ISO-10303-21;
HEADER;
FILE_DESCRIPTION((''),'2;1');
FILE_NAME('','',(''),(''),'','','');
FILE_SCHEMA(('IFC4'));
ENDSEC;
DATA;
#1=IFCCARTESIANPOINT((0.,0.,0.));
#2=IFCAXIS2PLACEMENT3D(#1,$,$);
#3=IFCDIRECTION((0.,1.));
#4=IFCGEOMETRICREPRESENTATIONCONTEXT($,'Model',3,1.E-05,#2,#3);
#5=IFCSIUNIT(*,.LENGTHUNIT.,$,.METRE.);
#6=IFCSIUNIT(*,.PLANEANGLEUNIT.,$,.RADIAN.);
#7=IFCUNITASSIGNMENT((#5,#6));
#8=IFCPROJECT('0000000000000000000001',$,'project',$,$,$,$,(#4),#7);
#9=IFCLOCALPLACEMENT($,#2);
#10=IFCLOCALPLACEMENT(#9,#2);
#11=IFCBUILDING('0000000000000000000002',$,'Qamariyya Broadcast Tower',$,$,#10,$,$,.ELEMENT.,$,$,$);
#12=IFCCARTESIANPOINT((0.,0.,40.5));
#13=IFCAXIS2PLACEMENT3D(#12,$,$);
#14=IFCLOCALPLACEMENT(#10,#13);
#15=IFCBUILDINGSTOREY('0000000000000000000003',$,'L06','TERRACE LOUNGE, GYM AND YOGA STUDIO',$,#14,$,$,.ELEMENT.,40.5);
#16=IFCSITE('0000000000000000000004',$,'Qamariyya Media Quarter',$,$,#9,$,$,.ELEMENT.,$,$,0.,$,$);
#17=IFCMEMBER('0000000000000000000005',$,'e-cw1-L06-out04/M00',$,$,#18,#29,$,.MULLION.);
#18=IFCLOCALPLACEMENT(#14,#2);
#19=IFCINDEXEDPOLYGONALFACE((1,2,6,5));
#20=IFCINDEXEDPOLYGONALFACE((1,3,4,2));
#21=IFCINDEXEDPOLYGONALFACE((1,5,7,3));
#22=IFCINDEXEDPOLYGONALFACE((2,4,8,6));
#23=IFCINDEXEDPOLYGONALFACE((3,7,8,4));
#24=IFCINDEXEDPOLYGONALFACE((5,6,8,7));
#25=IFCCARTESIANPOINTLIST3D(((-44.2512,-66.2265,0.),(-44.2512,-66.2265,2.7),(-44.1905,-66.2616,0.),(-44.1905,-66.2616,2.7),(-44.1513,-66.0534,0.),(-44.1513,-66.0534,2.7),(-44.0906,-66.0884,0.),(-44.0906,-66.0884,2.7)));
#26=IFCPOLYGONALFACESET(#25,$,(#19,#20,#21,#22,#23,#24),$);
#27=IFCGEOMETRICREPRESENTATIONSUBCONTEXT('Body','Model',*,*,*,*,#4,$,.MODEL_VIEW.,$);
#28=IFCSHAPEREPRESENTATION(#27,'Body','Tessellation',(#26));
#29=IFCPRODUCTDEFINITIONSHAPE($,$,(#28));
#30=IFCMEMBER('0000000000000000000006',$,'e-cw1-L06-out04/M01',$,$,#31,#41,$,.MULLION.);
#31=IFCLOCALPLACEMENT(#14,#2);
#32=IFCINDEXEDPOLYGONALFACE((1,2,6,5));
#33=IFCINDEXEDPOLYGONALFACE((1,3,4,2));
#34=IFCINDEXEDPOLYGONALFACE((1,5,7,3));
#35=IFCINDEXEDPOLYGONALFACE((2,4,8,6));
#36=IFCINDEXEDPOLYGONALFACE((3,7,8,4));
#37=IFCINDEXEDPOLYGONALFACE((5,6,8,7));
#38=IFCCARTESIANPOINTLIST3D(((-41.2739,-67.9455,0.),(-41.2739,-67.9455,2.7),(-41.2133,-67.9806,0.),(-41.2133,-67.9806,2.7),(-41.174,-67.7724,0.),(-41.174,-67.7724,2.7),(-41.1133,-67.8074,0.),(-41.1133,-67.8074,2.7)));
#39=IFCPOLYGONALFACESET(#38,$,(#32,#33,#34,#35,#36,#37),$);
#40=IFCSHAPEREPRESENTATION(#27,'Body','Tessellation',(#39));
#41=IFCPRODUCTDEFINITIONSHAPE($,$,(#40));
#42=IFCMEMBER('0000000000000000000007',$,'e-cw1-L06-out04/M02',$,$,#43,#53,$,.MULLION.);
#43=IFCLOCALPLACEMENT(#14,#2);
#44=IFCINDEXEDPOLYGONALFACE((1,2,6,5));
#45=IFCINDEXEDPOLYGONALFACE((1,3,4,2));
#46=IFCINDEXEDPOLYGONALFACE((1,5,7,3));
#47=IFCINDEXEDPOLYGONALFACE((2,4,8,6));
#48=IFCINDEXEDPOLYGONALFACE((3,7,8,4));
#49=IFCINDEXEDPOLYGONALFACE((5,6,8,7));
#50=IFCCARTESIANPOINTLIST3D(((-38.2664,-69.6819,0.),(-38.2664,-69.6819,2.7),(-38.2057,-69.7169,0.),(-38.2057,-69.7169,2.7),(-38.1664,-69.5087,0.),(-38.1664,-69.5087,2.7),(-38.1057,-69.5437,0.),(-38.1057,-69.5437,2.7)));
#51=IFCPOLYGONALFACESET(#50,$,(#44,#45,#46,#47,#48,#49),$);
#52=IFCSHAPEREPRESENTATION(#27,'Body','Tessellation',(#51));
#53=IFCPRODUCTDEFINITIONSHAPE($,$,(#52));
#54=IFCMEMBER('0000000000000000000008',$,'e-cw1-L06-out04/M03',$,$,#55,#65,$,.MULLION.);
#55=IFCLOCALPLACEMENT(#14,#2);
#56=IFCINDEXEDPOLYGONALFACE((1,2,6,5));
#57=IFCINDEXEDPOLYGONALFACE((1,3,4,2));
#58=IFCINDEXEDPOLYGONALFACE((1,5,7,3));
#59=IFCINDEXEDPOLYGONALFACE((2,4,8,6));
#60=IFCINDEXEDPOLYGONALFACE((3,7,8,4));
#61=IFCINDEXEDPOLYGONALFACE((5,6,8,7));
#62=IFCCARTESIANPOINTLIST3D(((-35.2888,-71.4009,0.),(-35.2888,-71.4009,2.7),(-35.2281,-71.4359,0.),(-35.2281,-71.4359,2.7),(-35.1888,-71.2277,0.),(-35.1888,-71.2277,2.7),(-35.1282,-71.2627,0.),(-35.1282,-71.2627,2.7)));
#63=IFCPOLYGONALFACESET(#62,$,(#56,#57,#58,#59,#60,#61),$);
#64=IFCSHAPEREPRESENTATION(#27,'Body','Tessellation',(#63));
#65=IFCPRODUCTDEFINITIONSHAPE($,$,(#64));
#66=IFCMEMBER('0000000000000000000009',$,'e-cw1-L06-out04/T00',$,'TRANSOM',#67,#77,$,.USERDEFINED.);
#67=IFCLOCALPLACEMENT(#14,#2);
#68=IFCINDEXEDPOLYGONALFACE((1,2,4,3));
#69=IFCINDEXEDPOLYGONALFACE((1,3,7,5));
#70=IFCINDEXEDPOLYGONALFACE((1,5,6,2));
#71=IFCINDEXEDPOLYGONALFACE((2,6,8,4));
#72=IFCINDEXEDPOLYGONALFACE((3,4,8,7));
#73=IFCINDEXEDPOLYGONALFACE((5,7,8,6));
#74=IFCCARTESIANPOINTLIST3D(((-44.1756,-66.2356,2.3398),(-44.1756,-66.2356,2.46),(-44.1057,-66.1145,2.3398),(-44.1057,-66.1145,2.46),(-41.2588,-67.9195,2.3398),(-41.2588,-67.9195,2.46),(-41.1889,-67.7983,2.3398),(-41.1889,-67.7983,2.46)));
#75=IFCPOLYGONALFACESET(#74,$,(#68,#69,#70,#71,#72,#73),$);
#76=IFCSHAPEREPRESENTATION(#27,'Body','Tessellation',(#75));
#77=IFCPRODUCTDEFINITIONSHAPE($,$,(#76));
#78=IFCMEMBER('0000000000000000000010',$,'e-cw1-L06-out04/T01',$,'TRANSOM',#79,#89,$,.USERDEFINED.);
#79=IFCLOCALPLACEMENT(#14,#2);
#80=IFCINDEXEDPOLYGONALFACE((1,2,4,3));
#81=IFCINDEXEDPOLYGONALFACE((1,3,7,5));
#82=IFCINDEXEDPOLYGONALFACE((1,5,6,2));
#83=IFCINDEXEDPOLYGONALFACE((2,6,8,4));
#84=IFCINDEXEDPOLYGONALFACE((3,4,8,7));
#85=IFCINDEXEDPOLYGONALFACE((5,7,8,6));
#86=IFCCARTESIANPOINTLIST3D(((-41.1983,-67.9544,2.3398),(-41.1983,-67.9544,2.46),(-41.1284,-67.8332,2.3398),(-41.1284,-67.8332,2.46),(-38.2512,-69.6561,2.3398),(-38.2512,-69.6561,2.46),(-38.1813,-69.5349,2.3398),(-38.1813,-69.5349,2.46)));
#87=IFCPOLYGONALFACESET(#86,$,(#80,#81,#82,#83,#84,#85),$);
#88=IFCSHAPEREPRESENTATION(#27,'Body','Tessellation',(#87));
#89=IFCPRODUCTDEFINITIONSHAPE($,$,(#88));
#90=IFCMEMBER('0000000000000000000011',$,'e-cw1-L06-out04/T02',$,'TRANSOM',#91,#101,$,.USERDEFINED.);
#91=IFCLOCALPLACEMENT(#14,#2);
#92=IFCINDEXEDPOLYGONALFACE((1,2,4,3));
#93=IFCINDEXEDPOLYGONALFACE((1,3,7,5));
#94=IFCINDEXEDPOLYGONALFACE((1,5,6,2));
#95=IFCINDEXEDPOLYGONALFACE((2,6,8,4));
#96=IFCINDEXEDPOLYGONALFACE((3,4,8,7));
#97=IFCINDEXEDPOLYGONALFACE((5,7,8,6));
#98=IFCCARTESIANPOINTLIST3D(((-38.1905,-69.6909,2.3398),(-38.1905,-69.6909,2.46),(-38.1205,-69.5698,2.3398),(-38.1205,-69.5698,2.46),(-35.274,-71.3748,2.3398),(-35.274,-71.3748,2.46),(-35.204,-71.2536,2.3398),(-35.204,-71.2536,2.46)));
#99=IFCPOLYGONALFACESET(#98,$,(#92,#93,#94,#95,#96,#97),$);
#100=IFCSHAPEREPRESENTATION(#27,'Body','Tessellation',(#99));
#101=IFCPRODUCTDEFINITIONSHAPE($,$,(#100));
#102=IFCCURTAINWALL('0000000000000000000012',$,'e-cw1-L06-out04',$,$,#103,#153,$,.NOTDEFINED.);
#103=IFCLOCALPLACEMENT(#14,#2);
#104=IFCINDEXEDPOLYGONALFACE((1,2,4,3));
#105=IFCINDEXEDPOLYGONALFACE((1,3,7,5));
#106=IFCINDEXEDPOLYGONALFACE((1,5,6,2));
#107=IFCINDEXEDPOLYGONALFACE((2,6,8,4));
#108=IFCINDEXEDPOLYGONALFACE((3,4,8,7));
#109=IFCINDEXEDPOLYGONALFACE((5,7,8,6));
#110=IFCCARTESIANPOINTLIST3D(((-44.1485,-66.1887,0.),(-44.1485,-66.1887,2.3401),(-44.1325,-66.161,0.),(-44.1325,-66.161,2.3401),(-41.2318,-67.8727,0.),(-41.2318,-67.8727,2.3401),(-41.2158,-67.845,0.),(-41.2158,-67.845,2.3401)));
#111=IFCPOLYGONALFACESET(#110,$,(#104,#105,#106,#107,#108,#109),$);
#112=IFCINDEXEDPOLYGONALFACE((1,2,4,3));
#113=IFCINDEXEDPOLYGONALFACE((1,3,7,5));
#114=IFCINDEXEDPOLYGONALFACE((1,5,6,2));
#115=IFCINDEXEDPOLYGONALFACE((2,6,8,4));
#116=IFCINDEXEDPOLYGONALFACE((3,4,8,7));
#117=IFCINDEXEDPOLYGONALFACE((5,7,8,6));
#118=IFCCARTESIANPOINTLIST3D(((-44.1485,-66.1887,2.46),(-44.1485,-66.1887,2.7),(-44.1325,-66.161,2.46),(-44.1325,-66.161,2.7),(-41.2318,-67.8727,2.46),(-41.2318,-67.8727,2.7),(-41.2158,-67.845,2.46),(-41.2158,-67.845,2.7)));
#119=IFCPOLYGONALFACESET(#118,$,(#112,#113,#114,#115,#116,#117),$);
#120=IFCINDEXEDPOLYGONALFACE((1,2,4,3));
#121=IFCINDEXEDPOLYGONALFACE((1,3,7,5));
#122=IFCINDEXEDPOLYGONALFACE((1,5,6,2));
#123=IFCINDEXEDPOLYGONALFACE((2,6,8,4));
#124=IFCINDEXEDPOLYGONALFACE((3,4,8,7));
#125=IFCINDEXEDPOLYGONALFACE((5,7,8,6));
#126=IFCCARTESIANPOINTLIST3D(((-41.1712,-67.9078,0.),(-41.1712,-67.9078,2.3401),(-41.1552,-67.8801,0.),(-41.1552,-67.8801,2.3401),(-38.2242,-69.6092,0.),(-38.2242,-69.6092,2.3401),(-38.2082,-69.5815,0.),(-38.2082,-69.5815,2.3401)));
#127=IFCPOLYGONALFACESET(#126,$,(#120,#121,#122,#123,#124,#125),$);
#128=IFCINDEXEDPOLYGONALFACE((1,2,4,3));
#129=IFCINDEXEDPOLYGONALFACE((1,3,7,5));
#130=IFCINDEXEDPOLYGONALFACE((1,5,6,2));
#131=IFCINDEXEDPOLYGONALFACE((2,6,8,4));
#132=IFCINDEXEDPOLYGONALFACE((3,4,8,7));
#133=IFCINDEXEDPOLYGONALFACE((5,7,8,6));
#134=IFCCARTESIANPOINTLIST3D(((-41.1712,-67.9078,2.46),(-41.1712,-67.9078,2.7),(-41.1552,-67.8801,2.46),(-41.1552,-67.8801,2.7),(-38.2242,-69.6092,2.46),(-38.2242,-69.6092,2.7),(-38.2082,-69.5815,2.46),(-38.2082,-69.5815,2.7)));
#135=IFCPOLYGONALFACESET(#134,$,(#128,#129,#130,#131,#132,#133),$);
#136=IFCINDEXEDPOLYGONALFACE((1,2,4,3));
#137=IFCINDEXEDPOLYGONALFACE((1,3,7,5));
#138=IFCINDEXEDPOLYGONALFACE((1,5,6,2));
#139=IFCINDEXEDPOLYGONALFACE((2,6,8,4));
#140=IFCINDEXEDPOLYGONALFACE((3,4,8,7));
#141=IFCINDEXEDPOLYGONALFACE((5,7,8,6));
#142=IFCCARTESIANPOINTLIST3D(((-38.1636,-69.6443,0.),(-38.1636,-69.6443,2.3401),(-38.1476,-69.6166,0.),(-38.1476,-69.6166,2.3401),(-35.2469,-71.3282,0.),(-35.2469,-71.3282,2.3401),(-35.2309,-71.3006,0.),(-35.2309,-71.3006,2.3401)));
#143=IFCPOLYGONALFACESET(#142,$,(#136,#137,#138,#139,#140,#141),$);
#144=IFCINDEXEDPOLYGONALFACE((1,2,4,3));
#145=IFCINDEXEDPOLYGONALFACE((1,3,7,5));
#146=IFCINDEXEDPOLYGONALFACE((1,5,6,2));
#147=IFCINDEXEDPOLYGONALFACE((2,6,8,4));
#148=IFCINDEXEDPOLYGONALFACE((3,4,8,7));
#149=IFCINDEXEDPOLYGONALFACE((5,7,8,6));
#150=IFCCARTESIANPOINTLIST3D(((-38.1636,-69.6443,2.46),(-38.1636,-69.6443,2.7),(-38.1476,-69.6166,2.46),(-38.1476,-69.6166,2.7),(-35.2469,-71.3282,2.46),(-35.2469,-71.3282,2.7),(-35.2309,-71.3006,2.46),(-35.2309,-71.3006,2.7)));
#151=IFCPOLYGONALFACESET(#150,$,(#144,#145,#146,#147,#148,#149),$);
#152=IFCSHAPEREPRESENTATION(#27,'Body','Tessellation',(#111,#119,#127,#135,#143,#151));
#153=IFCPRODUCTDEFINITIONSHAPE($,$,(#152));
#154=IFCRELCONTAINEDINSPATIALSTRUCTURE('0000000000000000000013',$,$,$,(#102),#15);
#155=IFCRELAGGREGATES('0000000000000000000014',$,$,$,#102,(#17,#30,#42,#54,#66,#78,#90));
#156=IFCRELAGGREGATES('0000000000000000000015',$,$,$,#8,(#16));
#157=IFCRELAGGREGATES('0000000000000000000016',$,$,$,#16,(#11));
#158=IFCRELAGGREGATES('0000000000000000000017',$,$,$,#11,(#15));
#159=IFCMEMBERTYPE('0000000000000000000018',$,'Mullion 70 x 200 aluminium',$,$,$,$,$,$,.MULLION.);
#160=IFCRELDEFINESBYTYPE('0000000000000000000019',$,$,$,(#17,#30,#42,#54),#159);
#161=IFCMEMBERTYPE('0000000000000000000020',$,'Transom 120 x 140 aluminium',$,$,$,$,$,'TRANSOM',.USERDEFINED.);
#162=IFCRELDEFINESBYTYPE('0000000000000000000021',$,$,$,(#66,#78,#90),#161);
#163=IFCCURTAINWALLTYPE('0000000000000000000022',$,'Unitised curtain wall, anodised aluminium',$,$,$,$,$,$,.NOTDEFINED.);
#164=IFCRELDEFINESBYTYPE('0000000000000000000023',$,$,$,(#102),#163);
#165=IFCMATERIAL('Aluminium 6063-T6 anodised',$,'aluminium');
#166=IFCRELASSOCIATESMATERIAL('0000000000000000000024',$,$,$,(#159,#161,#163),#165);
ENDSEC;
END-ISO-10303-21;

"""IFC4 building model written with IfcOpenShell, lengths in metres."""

from ifc_helpers import new_model, si_unit, direction, frame, origin, origin_2d, place, context, subcontext, project, spatial, rectangle, extrude, material, material_profile, profile_set, type_object, element, aggregate, save


model = new_model("IFC4")

# Units and contexts
model_context = context("Model", 3, precision=1e-05, world=origin(), true_north=direction((0.0, 1.0)))
body_context = subcontext(model_context, "Body", "Model", "MODEL_VIEW")
ifc_project = project(units=[si_unit("LENGTHUNIT", "METRE"), si_unit("PLANEANGLEUNIT", "RADIAN")], contexts=[model_context])

# Members
ifc_material_1 = material(Name="Aluminium 6063-T6 anodised", Category="aluminium")
ifc_material_profile_1 = material_profile(ifc_material_1, rectangle(XDim=0.2, YDim=0.0701, at=origin_2d()))
ifc_profile_set_1 = profile_set([ifc_material_profile_1], Name="Aluminium 6063-T6 anodised")
member_type_1 = type_object("IfcMemberType", Name="Mullion 70 x 200 aluminium", PredefinedType="MULLION", material=ifc_profile_set_1)
site_placement = place(None, origin())
building_placement = place(site_placement, origin())
storey_placement = place(building_placement, frame((0.0, 0.0, 40.5)))
member_1_placement = place(storey_placement, frame((-44.1709, -66.1575, 0.0), z_axis=(0.0, 0.0, 1.0), x_axis=(0.5, 0.866025, 0.0)))
member_1 = element("IfcMember", 1, at=member_1_placement, type_object=member_type_1, Name="e-cw1-L06-out04/M00", PredefinedType="MULLION", context=body_context, shape_type="SweptSolid", body=[
    extrude(rectangle(XDim=0.2, YDim=0.0701, at=origin_2d()), origin(), (0.0, 0.0, 1.0), 2.7),
])
member_2_placement = place(storey_placement, frame((-41.1936, -67.8765, 0.0), z_axis=(0.0, 0.0, 1.0), x_axis=(0.5, 0.866025, 0.0)))
member_2 = element("IfcMember", 2, at=member_2_placement, type_object=member_type_1, Name="e-cw1-L06-out04/M01", PredefinedType="MULLION", context=body_context, shape_type="SweptSolid", body=[
    extrude(rectangle(XDim=0.2, YDim=0.0701, at=origin_2d()), origin(), (0.0, 0.0, 1.0), 2.7),
])
member_3_placement = place(storey_placement, frame((-38.186, -69.6128, 0.0), z_axis=(0.0, 0.0, 1.0), x_axis=(0.5, 0.866025, 0.0)))
member_3 = element("IfcMember", 3, at=member_3_placement, type_object=member_type_1, Name="e-cw1-L06-out04/M02", PredefinedType="MULLION", context=body_context, shape_type="SweptSolid", body=[
    extrude(rectangle(XDim=0.2, YDim=0.0701, at=origin_2d()), origin(), (0.0, 0.0, 1.0), 2.7),
])
member_4_placement = place(storey_placement, frame((-35.2085, -71.3318, 0.0), z_axis=(0.0, 0.0, 1.0), x_axis=(0.5, 0.866025, 0.0)))
member_4 = element("IfcMember", 4, at=member_4_placement, type_object=member_type_1, Name="e-cw1-L06-out04/M03", PredefinedType="MULLION", context=body_context, shape_type="SweptSolid", body=[
    extrude(rectangle(XDim=0.2, YDim=0.0701, at=origin_2d()), origin(), (0.0, 0.0, 1.0), 2.7),
])
ifc_material_profile_2 = material_profile(ifc_material_1, rectangle(XDim=0.1399, YDim=0.1201, at=origin_2d()))
ifc_profile_set_2 = profile_set([ifc_material_profile_2], Name="Aluminium 6063-T6 anodised")
member_type_2 = type_object("IfcMemberType", Name="Transom 120 x 140 aluminium", ElementType="TRANSOM", PredefinedType="USERDEFINED", material=ifc_profile_set_2)
member_5_placement = place(storey_placement, frame((-44.1406, -66.175, 2.3999), z_axis=(0.866044, -0.499967, 0.0), x_axis=(0.499967, 0.866044, 0.0)))
member_5 = element("IfcMember", 5, at=member_5_placement, type_object=member_type_2, Name="e-cw1-L06-out04/T00", ObjectType="TRANSOM", PredefinedType="USERDEFINED", context=body_context, shape_type="SweptSolid", body=[
    extrude(rectangle(XDim=0.1399, YDim=0.1201, at=origin_2d()), origin(), (0.0, 0.0, 1.0), 3.3679),
])
member_6_placement = place(storey_placement, frame((-41.1633, -67.8938, 2.3999), z_axis=(0.866, -0.500043, 0.0), x_axis=(0.500043, 0.866, 0.0)))
member_6 = element("IfcMember", 6, at=member_6_placement, type_object=member_type_2, Name="e-cw1-L06-out04/T01", ObjectType="TRANSOM", PredefinedType="USERDEFINED", context=body_context, shape_type="SweptSolid", body=[
    extrude(rectangle(XDim=0.1399, YDim=0.1201, at=origin_2d()), origin(), (0.0, 0.0, 1.0), 3.4031),
])
member_7_placement = place(storey_placement, frame((-38.1555, -69.6304, 2.3999), z_axis=(0.866026, -0.499999, 0.0), x_axis=(0.499999, 0.866026, 0.0)))
member_7 = element("IfcMember", 7, at=member_7_placement, type_object=member_type_2, Name="e-cw1-L06-out04/T02", ObjectType="TRANSOM", PredefinedType="USERDEFINED", context=body_context, shape_type="SweptSolid", body=[
    extrude(rectangle(XDim=0.1399, YDim=0.1201, at=origin_2d()), origin(), (0.0, 0.0, 1.0), 3.3677),
])

# Site, building, storey
site = spatial("IfcSite", under=ifc_project, at=site_placement, Name="Qamariyya Media Quarter", CompositionType="ELEMENT", RefElevation=0.0)
building = spatial("IfcBuilding", under=site, at=building_placement, Name="Qamariyya Broadcast Tower", CompositionType="ELEMENT")
storey = spatial("IfcBuildingStorey", under=building, at=storey_placement, Name="L06", Description="TERRACE LOUNGE, GYM AND YOGA STUDIO", CompositionType="ELEMENT", Elevation=40.5)

# Curtain wall
curtain_wall_type = type_object("IfcCurtainWallType", Name="Unitised curtain wall, anodised aluminium", PredefinedType="NOTDEFINED", material=ifc_material_1)
curtain_wall_1_placement = place(storey_placement, origin())
curtain_wall_1 = element("IfcCurtainWall", 8, at=curtain_wall_1_placement, inside=storey, type_object=curtain_wall_type, Name="e-cw1-L06-out04", PredefinedType="NOTDEFINED", context=body_context, shape_type="SweptSolid", body=[
    extrude(rectangle(XDim=3.3679, YDim=0.032, at=origin_2d()), frame((-42.6821, -67.0168, 0.0), x_axis=(0.866022, -0.500005, 0.0)), (0.0, 0.0, 1.0), 2.3401),
    extrude(rectangle(XDim=3.3679, YDim=0.032, at=origin_2d()), frame((-42.6821, -67.0168, 2.46), x_axis=(0.866022, -0.500005, 0.0)), (0.0, 0.0, 1.0), 0.24),
    extrude(rectangle(XDim=3.4028, YDim=0.032, at=origin_2d()), frame((-39.6897, -68.7446, 0.0), x_axis=(0.866022, -0.500005, 0.0)), (0.0, 0.0, 1.0), 2.3401),
    extrude(rectangle(XDim=3.4028, YDim=0.032, at=origin_2d()), frame((-39.6897, -68.7446, 2.46), x_axis=(0.866022, -0.500005, 0.0)), (0.0, 0.0, 1.0), 0.24),
    extrude(rectangle(XDim=3.3679, YDim=0.032, at=origin_2d()), frame((-36.6973, -70.4724, 0.0), x_axis=(0.866022, -0.500005, 0.0)), (0.0, 0.0, 1.0), 2.3401),
    extrude(rectangle(XDim=3.3679, YDim=0.032, at=origin_2d()), frame((-36.6973, -70.4724, 2.46), x_axis=(0.866022, -0.500005, 0.0)), (0.0, 0.0, 1.0), 0.24),
])
aggregate(curtain_wall_1, [member_1, member_2, member_3, member_4, member_5, member_6, member_7])

save(model, "model.ifc")
